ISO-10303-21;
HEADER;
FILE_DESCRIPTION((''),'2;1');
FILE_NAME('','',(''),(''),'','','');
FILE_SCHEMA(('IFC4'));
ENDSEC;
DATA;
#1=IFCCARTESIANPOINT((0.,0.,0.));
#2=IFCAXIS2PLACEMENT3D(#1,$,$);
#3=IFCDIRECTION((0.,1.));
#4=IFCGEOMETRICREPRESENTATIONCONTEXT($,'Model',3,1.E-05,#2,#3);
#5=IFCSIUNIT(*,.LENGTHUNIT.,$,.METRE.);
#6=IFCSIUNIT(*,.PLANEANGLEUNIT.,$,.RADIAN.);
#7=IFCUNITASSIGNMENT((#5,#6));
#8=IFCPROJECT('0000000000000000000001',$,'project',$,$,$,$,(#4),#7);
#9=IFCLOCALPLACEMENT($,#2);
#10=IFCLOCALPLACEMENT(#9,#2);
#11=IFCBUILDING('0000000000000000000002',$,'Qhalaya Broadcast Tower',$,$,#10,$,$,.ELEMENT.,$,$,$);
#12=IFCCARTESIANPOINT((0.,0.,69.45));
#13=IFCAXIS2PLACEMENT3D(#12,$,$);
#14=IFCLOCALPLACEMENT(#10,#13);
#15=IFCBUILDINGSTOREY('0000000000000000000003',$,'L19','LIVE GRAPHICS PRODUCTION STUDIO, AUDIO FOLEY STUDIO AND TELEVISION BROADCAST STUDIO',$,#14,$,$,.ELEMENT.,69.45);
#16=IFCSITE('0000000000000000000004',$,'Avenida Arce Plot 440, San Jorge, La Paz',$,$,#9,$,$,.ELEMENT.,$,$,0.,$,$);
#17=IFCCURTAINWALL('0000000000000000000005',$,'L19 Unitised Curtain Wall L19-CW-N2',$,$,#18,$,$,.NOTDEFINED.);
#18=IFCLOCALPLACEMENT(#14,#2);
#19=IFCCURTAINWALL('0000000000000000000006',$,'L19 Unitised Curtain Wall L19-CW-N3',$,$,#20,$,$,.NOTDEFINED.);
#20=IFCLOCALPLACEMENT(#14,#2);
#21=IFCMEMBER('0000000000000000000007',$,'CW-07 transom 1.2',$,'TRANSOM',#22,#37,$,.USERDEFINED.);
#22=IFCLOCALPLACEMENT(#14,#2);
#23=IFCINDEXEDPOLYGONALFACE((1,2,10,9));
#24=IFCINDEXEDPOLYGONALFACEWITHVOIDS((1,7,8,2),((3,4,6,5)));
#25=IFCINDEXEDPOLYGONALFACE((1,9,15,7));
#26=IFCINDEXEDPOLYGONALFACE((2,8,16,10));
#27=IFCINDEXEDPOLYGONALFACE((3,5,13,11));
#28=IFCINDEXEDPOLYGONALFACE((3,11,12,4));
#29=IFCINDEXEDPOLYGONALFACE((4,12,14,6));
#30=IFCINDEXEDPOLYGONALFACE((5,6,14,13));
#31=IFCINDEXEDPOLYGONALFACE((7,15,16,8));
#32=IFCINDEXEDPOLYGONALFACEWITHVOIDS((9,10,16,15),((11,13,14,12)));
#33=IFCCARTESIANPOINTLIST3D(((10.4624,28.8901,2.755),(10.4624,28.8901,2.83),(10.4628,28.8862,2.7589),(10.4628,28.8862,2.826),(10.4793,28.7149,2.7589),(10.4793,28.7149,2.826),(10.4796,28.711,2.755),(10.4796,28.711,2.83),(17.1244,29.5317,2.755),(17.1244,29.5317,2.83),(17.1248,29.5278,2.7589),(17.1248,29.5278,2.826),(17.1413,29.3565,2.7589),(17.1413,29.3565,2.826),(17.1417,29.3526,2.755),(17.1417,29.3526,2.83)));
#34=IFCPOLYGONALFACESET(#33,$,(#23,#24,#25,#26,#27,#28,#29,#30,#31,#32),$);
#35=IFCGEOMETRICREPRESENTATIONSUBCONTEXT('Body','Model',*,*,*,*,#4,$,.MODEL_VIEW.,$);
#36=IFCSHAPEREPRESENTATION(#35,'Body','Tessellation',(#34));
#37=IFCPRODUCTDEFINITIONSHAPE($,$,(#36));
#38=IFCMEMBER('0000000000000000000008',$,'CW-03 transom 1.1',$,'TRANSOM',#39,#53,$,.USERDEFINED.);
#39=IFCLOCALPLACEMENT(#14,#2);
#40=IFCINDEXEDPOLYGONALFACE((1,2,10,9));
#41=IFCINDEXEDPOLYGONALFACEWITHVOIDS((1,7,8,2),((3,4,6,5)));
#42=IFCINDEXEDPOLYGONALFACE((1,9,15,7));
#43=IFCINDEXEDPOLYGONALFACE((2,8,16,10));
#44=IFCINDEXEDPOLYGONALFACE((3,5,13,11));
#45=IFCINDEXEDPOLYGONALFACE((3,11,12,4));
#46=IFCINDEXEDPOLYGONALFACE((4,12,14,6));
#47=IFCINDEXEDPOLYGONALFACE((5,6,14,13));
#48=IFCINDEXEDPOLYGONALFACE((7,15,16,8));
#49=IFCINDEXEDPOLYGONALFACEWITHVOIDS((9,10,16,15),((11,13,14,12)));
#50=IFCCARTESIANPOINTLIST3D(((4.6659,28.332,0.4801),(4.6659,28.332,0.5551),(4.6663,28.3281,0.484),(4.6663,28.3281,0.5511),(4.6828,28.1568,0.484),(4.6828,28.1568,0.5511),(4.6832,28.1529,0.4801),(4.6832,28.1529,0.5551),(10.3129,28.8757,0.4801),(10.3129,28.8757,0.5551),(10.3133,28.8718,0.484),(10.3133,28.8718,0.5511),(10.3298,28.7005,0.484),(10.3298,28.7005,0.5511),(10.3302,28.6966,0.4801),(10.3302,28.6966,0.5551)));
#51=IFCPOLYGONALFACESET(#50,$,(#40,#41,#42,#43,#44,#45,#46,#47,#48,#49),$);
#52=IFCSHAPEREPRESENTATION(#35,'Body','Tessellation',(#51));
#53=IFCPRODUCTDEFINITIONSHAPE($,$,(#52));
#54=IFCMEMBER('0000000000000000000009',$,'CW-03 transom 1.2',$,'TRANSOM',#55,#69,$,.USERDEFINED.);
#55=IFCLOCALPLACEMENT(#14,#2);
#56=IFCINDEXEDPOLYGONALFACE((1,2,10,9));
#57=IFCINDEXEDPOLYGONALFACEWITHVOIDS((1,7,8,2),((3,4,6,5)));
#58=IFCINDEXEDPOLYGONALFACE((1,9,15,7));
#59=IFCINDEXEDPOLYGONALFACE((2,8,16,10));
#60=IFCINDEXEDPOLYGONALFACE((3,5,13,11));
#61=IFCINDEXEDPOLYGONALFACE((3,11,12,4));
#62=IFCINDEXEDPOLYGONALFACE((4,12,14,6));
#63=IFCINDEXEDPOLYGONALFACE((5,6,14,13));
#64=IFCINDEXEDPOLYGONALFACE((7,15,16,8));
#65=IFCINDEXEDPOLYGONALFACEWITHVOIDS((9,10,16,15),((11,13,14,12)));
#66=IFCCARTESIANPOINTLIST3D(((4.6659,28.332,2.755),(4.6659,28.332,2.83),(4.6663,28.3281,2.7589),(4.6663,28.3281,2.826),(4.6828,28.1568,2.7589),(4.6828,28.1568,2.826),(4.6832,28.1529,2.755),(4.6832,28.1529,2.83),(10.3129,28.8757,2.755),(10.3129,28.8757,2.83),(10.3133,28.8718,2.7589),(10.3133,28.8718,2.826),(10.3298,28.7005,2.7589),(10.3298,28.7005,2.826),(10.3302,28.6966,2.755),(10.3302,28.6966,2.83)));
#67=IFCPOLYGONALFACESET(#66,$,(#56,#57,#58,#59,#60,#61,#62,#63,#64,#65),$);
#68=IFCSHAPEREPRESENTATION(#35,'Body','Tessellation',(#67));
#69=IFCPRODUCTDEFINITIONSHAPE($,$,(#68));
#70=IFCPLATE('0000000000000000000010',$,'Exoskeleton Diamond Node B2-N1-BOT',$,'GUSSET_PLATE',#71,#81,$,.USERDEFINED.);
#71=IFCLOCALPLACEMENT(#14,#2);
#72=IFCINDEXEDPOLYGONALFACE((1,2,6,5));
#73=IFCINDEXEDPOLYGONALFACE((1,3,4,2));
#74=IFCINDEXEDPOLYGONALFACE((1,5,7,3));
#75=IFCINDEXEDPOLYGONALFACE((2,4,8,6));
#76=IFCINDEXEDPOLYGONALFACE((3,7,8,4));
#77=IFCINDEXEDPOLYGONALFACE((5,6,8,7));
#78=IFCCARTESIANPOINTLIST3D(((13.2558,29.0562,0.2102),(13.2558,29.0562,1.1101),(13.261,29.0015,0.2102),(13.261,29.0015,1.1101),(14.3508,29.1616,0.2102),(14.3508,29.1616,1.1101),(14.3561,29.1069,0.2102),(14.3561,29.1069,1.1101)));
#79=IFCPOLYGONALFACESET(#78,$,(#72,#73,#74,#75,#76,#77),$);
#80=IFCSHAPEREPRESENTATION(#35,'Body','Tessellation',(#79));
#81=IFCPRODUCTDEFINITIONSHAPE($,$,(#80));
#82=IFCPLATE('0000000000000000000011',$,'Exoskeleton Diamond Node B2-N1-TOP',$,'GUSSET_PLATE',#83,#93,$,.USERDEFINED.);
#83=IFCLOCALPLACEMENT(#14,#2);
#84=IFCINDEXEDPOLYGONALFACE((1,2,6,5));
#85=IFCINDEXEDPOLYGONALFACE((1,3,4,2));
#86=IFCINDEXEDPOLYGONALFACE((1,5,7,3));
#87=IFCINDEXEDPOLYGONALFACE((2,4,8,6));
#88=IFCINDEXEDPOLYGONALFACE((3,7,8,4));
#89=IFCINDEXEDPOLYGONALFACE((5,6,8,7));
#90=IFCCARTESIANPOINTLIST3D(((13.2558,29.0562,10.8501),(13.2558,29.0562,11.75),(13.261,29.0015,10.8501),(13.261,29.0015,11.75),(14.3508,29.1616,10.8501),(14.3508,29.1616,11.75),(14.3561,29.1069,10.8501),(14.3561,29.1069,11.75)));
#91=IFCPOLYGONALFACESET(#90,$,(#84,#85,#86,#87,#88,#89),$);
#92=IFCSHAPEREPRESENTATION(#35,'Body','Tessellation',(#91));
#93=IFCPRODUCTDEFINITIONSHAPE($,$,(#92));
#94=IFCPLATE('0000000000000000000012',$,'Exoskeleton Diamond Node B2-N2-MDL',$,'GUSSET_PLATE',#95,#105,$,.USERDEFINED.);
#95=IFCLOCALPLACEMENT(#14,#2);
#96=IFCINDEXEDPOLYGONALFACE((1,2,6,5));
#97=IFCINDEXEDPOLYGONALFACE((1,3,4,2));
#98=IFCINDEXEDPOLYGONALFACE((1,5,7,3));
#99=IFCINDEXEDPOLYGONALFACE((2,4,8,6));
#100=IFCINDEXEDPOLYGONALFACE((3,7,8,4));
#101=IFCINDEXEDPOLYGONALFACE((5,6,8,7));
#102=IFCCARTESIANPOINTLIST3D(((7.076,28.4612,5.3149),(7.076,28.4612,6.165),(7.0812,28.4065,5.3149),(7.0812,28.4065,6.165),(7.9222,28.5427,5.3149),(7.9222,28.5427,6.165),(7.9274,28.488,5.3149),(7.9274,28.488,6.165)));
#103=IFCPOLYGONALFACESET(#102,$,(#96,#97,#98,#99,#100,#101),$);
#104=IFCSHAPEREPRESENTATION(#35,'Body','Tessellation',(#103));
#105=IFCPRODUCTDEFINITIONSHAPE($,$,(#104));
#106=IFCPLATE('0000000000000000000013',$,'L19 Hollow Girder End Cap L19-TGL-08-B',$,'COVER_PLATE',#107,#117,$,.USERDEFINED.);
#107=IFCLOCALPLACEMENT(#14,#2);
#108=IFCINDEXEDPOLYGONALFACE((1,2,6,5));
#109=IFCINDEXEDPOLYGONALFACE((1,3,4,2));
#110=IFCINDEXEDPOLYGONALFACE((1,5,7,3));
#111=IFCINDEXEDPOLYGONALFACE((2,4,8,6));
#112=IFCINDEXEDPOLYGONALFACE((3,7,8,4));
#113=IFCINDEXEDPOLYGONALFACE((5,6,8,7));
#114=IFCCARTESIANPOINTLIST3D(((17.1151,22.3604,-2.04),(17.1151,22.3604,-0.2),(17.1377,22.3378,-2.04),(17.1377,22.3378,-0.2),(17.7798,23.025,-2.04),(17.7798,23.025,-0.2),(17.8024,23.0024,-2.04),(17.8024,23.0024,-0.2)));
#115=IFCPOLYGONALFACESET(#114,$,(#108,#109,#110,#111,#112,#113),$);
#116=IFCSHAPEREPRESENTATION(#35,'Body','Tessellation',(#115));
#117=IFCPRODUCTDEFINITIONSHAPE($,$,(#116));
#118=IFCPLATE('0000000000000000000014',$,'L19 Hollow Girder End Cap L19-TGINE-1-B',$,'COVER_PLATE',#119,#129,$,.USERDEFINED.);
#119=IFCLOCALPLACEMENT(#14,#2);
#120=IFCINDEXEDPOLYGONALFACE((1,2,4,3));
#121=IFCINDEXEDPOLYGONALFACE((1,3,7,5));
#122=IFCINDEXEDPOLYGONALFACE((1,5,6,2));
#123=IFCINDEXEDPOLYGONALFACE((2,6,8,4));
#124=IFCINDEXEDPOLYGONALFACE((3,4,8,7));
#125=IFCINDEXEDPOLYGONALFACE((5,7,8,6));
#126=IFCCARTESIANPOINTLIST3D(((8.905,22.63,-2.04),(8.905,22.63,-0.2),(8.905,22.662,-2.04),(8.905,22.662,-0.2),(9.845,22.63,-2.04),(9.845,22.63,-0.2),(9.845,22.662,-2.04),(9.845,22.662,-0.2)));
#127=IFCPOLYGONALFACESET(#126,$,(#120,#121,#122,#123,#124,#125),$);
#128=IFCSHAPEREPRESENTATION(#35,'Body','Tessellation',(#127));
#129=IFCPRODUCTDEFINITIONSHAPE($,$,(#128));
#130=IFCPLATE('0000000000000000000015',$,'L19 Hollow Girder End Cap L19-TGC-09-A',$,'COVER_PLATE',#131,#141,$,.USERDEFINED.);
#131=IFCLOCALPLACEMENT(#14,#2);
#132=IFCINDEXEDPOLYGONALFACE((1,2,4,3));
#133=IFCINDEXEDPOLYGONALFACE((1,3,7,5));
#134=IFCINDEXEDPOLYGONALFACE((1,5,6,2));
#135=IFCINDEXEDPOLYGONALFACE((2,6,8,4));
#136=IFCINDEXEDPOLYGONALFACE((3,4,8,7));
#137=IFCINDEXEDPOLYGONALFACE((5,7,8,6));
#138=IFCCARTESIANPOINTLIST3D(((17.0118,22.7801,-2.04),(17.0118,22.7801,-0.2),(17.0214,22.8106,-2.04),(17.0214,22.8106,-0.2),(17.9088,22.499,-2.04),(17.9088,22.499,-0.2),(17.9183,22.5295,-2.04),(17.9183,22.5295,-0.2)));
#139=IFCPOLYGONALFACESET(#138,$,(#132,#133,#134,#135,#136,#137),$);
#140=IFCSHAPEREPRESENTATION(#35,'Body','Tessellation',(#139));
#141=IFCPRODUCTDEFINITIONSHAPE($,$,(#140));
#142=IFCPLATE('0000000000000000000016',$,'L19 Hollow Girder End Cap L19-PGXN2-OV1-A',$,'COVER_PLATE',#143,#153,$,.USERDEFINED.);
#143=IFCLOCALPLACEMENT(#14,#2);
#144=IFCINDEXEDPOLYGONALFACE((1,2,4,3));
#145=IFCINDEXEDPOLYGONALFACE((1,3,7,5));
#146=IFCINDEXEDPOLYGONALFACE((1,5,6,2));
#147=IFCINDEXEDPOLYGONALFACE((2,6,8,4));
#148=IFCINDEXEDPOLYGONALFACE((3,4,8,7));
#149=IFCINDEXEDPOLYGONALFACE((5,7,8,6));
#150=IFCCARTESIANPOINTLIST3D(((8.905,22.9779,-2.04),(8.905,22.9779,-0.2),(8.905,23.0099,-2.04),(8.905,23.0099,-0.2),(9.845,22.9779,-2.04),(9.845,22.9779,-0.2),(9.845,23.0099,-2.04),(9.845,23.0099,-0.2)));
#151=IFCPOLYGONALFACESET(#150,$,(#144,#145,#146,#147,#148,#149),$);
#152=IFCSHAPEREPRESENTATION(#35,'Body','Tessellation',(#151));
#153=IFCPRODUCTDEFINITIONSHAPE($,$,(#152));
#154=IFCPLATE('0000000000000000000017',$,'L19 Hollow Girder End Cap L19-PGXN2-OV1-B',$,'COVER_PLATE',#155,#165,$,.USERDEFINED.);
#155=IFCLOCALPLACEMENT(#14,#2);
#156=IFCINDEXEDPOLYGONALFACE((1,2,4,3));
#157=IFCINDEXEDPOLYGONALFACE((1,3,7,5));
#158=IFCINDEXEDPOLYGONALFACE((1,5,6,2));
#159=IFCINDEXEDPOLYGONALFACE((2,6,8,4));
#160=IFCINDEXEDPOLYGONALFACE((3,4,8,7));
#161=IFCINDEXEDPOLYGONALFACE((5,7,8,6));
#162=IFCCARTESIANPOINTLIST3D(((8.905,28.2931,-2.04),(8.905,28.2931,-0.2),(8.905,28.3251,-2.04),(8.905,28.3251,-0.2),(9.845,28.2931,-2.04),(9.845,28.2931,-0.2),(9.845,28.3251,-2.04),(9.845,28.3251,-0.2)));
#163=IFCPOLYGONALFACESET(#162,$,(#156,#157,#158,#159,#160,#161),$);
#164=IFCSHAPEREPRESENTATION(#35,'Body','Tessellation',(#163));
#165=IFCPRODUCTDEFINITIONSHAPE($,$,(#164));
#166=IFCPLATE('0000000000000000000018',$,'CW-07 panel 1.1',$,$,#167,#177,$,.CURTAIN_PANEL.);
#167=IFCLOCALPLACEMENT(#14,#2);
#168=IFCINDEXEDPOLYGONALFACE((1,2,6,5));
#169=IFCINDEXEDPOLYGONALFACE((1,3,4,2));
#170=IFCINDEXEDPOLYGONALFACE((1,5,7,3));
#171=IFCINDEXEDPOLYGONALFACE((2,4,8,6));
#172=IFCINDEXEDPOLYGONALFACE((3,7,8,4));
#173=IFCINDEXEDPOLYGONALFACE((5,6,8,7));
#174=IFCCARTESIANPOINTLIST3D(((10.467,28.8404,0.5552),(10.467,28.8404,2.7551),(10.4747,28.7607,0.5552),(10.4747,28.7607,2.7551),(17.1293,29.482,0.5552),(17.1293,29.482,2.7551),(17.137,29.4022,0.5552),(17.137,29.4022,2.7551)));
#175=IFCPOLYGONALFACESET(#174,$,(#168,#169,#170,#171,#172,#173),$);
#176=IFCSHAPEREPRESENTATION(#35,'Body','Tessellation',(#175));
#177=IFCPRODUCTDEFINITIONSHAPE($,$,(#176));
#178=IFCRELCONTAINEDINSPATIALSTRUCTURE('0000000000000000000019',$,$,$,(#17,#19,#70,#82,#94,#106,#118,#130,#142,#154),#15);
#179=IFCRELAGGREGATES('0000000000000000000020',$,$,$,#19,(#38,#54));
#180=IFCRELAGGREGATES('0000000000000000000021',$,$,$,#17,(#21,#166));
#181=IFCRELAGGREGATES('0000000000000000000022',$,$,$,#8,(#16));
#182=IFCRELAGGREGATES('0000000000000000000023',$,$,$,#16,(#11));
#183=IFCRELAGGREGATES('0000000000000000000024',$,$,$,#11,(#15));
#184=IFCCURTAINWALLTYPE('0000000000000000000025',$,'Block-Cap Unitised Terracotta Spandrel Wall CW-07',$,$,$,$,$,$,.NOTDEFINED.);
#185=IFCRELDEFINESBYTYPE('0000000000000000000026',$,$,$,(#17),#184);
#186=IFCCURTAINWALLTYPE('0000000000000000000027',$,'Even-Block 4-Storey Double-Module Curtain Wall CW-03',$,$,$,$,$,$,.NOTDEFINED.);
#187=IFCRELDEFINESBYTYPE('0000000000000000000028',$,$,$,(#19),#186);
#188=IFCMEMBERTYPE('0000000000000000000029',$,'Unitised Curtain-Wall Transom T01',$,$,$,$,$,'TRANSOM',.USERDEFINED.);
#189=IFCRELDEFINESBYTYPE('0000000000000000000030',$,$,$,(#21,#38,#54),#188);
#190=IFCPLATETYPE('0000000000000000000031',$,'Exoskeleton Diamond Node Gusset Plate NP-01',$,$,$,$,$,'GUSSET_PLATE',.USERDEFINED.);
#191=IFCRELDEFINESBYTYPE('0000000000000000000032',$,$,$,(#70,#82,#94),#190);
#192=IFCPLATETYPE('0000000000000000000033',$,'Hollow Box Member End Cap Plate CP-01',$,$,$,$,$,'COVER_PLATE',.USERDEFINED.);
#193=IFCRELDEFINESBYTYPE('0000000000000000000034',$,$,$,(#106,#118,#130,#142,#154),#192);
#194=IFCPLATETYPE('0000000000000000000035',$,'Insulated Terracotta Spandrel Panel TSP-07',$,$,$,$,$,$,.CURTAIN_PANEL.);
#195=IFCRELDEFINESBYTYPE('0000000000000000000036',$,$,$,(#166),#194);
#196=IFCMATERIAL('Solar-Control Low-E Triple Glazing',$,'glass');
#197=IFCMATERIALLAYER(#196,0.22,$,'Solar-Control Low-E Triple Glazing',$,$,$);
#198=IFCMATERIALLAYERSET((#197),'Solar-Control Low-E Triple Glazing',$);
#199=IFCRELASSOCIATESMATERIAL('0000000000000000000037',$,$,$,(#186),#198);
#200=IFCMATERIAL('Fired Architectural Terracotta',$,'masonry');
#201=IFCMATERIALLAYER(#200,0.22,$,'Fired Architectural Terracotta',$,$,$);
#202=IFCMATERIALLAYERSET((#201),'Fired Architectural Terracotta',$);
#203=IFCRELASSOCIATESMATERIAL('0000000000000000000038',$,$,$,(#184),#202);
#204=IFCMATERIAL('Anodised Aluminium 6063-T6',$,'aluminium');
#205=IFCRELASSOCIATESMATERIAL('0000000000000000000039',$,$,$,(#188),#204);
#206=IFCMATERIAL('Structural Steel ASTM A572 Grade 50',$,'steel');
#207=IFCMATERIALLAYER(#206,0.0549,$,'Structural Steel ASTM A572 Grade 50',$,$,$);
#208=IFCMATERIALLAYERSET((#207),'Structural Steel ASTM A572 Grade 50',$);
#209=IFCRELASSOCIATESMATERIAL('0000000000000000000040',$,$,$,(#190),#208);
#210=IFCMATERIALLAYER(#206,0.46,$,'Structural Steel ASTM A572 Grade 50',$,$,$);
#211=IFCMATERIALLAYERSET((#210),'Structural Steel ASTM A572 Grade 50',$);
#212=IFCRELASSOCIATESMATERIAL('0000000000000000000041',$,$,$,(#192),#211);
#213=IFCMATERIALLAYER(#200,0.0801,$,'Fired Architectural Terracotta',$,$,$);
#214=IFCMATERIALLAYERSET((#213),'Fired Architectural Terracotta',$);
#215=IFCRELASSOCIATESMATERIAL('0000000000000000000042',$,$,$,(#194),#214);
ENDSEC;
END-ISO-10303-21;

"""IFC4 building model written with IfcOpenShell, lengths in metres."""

from ifc_helpers import new_model, si_unit, direction, frame, origin, origin_2d, place, context, subcontext, project, spatial, rectangle, hollow_rectangle, extrude, material, layer, layer_set, material_profile, profile_set, type_object, element, aggregate, save


model = new_model("IFC4")

# Units and contexts
model_context = context("Model", 3, precision=1e-05, world=origin(), true_north=direction((0.0, 1.0)))
body_context = subcontext(model_context, "Body", "Model", "MODEL_VIEW")
ifc_project = project(units=[si_unit("LENGTHUNIT", "METRE"), si_unit("PLANEANGLEUNIT", "RADIAN")], contexts=[model_context])

# Site, building, storey
site_placement = place(None, origin())
site = spatial("IfcSite", under=ifc_project, at=site_placement, Name="Avenida Arce Plot 440, San Jorge, La Paz", CompositionType="ELEMENT", RefElevation=0.0)
building_placement = place(site_placement, origin())
building = spatial("IfcBuilding", under=site, at=building_placement, Name="Qhalaya Broadcast Tower", CompositionType="ELEMENT")
storey_placement = place(building_placement, frame((0.0, 0.0, 69.45)))
storey = spatial("IfcBuildingStorey", under=building, at=storey_placement, Name="L19", Description="LIVE GRAPHICS PRODUCTION STUDIO, AUDIO FOLEY STUDIO AND TELEVISION BROADCAST STUDIO", CompositionType="ELEMENT", Elevation=69.45)

# Shared definitions
ifc_material_1 = material(Name="Structural Steel ASTM A572 Grade 50", Category="steel")

# Shared definitions
ifc_material_2 = material(Name="Solar-Control Low-E Triple Glazing", Category="glass")
ifc_layer_1 = layer(ifc_material_2, 0.22, Name="Solar-Control Low-E Triple Glazing")
ifc_layer_set_1 = layer_set([ifc_layer_1], Name="Solar-Control Low-E Triple Glazing")
curtain_wall_type_1 = type_object("IfcCurtainWallType", Name="Even-Block 4-Storey Double-Module Curtain Wall CW-03", PredefinedType="NOTDEFINED", material=ifc_layer_set_1)
ifc_material_3 = material(Name="Anodised Aluminium 6063-T6", Category="aluminium")

# Curtain wall
ifc_material_4 = material(Name="Fired Architectural Terracotta", Category="masonry")
ifc_layer_2 = layer(ifc_material_4, 0.22, Name="Fired Architectural Terracotta")
ifc_layer_set_2 = layer_set([ifc_layer_2], Name="Fired Architectural Terracotta")
curtain_wall_type_2 = type_object("IfcCurtainWallType", Name="Block-Cap Unitised Terracotta Spandrel Wall CW-07", PredefinedType="NOTDEFINED", material=ifc_layer_set_2)
curtain_wall_1_placement = place(storey_placement, origin())
curtain_wall_1 = element("IfcCurtainWall", 1, at=curtain_wall_1_placement, inside=storey, type_object=curtain_wall_type_2, Name="L19 Unitised Curtain Wall L19-CW-N2", PredefinedType="NOTDEFINED")

# Curtain wall
curtain_wall_2_placement = place(storey_placement, origin())
curtain_wall_2 = element("IfcCurtainWall", 2, at=curtain_wall_2_placement, inside=storey, type_object=curtain_wall_type_1, Name="L19 Unitised Curtain Wall L19-CW-N3", PredefinedType="NOTDEFINED")

# Members
ifc_material_profile_1 = material_profile(ifc_material_3, hollow_rectangle(XDim=0.075, YDim=0.1799, WallThickness=0.0039, at=origin_2d()), Name="ALU-TRN 75x180x4")
ifc_profile_set_1 = profile_set([ifc_material_profile_1], Name="Anodised Aluminium 6063-T6")
member_type_1 = type_object("IfcMemberType", Name="Unitised Curtain-Wall Transom T01", ElementType="TRANSOM", PredefinedType="USERDEFINED", material=ifc_profile_set_1)
member_1_placement = place(storey_placement, frame((17.1331, 29.4421, 2.7925), z_axis=(-0.995395, -0.095863, 0.0), x_axis=(0.0, 0.0, 1.0)))
member_1 = element("IfcMember", 3, at=member_1_placement, type_object=member_type_1, Name="CW-07 transom 1.2", ObjectType="TRANSOM", PredefinedType="USERDEFINED", context=body_context, shape_type="SweptSolid", body=[
    extrude(hollow_rectangle(XDim=0.075, YDim=0.1799, WallThickness=0.0039, at=origin_2d()), origin(), (0.0, 0.0, 1.0), 6.6929),
])
member_2_placement = place(storey_placement, frame((10.3215, 28.7861, 0.5176), z_axis=(-0.995397, -0.095839, 0.0), x_axis=(0.0, 0.0, 1.0)))
member_2 = element("IfcMember", 4, at=member_2_placement, type_object=member_type_1, Name="CW-03 transom 1.1", ObjectType="TRANSOM", PredefinedType="USERDEFINED", context=body_context, shape_type="SweptSolid", body=[
    extrude(hollow_rectangle(XDim=0.075, YDim=0.1799, WallThickness=0.0039, at=origin_2d()), origin(), (0.0, 0.0, 1.0), 5.6731),
])
member_3_placement = place(storey_placement, frame((10.3215, 28.7861, 2.7925), z_axis=(-0.995397, -0.095839, 0.0), x_axis=(0.0, 0.0, 1.0)))
member_3 = element("IfcMember", 5, at=member_3_placement, type_object=member_type_1, Name="CW-03 transom 1.2", ObjectType="TRANSOM", PredefinedType="USERDEFINED", context=body_context, shape_type="SweptSolid", body=[
    extrude(hollow_rectangle(XDim=0.075, YDim=0.1799, WallThickness=0.0039, at=origin_2d()), origin(), (0.0, 0.0, 1.0), 5.6731),
])
aggregate(curtain_wall_2, [member_2, member_3])

# Plates
ifc_layer_3 = layer(ifc_material_1, 0.0549, Name="Structural Steel ASTM A572 Grade 50")
ifc_layer_set_3 = layer_set([ifc_layer_3], Name="Structural Steel ASTM A572 Grade 50")
plate_type_1 = type_object("IfcPlateType", Name="Exoskeleton Diamond Node Gusset Plate NP-01", ElementType="GUSSET_PLATE", PredefinedType="USERDEFINED", material=ifc_layer_set_3)
for number, where, z_axis, x_axis, name in (
    (6, (13.8059, 29.0815, 0.2102), (0.0, 0.0, 1.0), (0.995396, 0.095846, 0.0), "Exoskeleton Diamond Node B2-N1-BOT"),
    (7, (13.8059, 29.0815, 10.8501), (0.0, 0.0, 1.0), (0.995396, 0.095846, 0.0), "Exoskeleton Diamond Node B2-N1-TOP"),
):
    element("IfcPlate", number, at=place(storey_placement, frame(where, z_axis=z_axis, x_axis=x_axis)), inside=storey, type_object=plate_type_1, Name=name, ObjectType="GUSSET_PLATE", PredefinedType="USERDEFINED", context=body_context, shape_type="SweptSolid", body=[
        extrude(rectangle(XDim=1.1001, YDim=0.0549, at=origin_2d()), origin(), (0.0, 0.0, 1.0), 0.8999),
    ])
plate_1_placement = place(storey_placement, frame((7.5017, 28.4746, 5.3149), z_axis=(0.0, 0.0, 1.0), x_axis=(0.995396, 0.095846, 0.0)))
element("IfcPlate", 8, at=plate_1_placement, inside=storey, type_object=plate_type_1, Name="Exoskeleton Diamond Node B2-N2-MDL", ObjectType="GUSSET_PLATE", PredefinedType="USERDEFINED", context=body_context, shape_type="SweptSolid", body=[
    extrude(rectangle(XDim=0.8501, YDim=0.0549, at=origin_2d()), origin(), (0.0, 0.0, 1.0), 0.8501),
])
ifc_layer_4 = layer(ifc_material_1, 0.46, Name="Structural Steel ASTM A572 Grade 50")
ifc_layer_set_4 = layer_set([ifc_layer_4], Name="Structural Steel ASTM A572 Grade 50")
plate_type_2 = type_object("IfcPlateType", Name="Hollow Box Member End Cap Plate CP-01", ElementType="COVER_PLATE", PredefinedType="USERDEFINED", material=ifc_layer_set_4)
for number, where, z_axis, x_axis, name in (
    (9, (17.4587, 22.6814, -2.04), (0.0, 0.0, 1.0), (-0.707107, -0.707107, 0.0), "L19 Hollow Girder End Cap L19-TGL-08-B"),
    (10, (9.375, 22.646, -2.04), (0.0, 0.0, 1.0), (-1.0, 0.0, 0.0), "L19 Hollow Girder End Cap L19-TGINE-1-B"),
    (11, (17.4651, 22.6548, -2.04), (0.0, 0.0, 1.0), (-0.95424, 0.299041, 0.0), "L19 Hollow Girder End Cap L19-TGC-09-A"),
    (12, (9.375, 22.9939, -2.04), (0.0, 0.0, 1.0), (-1.0, 0.0, 0.0), "L19 Hollow Girder End Cap L19-PGXN2-OV1-A"),
    (13, (9.375, 28.3091, -2.04), (0.0, 0.0, 1.0), (-1.0, 0.0, 0.0), "L19 Hollow Girder End Cap L19-PGXN2-OV1-B"),
):
    element("IfcPlate", number, at=place(storey_placement, frame(where, z_axis=z_axis, x_axis=x_axis)), inside=storey, type_object=plate_type_2, Name=name, ObjectType="COVER_PLATE", PredefinedType="USERDEFINED", context=body_context, shape_type="SweptSolid", body=[
        extrude(rectangle(XDim=0.9399, YDim=0.032, at=origin_2d()), origin(), (0.0, 0.0, 1.0), 1.8401),
    ])

# Plate
ifc_layer_5 = layer(ifc_material_4, 0.0801, Name="Fired Architectural Terracotta")
ifc_layer_set_5 = layer_set([ifc_layer_5], Name="Fired Architectural Terracotta")
plate_type_3 = type_object("IfcPlateType", Name="Insulated Terracotta Spandrel Panel TSP-07", PredefinedType="CURTAIN_PANEL", material=ifc_layer_set_5)
plate_2_placement = place(storey_placement, frame((13.802, 29.1213, 0.5552), z_axis=(0.0, 0.0, 1.0), x_axis=(-0.995396, -0.09585, 0.0)))
plate_2 = element("IfcPlate", 14, at=plate_2_placement, type_object=plate_type_3, Name="CW-07 panel 1.1", PredefinedType="CURTAIN_PANEL", context=body_context, shape_type="SweptSolid", body=[
    extrude(rectangle(XDim=6.6931, YDim=0.0801, at=origin_2d()), origin(), (0.0, 0.0, 1.0), 2.2),
])
aggregate(curtain_wall_1, [member_1, plate_2])

save(model, "model.ifc")
